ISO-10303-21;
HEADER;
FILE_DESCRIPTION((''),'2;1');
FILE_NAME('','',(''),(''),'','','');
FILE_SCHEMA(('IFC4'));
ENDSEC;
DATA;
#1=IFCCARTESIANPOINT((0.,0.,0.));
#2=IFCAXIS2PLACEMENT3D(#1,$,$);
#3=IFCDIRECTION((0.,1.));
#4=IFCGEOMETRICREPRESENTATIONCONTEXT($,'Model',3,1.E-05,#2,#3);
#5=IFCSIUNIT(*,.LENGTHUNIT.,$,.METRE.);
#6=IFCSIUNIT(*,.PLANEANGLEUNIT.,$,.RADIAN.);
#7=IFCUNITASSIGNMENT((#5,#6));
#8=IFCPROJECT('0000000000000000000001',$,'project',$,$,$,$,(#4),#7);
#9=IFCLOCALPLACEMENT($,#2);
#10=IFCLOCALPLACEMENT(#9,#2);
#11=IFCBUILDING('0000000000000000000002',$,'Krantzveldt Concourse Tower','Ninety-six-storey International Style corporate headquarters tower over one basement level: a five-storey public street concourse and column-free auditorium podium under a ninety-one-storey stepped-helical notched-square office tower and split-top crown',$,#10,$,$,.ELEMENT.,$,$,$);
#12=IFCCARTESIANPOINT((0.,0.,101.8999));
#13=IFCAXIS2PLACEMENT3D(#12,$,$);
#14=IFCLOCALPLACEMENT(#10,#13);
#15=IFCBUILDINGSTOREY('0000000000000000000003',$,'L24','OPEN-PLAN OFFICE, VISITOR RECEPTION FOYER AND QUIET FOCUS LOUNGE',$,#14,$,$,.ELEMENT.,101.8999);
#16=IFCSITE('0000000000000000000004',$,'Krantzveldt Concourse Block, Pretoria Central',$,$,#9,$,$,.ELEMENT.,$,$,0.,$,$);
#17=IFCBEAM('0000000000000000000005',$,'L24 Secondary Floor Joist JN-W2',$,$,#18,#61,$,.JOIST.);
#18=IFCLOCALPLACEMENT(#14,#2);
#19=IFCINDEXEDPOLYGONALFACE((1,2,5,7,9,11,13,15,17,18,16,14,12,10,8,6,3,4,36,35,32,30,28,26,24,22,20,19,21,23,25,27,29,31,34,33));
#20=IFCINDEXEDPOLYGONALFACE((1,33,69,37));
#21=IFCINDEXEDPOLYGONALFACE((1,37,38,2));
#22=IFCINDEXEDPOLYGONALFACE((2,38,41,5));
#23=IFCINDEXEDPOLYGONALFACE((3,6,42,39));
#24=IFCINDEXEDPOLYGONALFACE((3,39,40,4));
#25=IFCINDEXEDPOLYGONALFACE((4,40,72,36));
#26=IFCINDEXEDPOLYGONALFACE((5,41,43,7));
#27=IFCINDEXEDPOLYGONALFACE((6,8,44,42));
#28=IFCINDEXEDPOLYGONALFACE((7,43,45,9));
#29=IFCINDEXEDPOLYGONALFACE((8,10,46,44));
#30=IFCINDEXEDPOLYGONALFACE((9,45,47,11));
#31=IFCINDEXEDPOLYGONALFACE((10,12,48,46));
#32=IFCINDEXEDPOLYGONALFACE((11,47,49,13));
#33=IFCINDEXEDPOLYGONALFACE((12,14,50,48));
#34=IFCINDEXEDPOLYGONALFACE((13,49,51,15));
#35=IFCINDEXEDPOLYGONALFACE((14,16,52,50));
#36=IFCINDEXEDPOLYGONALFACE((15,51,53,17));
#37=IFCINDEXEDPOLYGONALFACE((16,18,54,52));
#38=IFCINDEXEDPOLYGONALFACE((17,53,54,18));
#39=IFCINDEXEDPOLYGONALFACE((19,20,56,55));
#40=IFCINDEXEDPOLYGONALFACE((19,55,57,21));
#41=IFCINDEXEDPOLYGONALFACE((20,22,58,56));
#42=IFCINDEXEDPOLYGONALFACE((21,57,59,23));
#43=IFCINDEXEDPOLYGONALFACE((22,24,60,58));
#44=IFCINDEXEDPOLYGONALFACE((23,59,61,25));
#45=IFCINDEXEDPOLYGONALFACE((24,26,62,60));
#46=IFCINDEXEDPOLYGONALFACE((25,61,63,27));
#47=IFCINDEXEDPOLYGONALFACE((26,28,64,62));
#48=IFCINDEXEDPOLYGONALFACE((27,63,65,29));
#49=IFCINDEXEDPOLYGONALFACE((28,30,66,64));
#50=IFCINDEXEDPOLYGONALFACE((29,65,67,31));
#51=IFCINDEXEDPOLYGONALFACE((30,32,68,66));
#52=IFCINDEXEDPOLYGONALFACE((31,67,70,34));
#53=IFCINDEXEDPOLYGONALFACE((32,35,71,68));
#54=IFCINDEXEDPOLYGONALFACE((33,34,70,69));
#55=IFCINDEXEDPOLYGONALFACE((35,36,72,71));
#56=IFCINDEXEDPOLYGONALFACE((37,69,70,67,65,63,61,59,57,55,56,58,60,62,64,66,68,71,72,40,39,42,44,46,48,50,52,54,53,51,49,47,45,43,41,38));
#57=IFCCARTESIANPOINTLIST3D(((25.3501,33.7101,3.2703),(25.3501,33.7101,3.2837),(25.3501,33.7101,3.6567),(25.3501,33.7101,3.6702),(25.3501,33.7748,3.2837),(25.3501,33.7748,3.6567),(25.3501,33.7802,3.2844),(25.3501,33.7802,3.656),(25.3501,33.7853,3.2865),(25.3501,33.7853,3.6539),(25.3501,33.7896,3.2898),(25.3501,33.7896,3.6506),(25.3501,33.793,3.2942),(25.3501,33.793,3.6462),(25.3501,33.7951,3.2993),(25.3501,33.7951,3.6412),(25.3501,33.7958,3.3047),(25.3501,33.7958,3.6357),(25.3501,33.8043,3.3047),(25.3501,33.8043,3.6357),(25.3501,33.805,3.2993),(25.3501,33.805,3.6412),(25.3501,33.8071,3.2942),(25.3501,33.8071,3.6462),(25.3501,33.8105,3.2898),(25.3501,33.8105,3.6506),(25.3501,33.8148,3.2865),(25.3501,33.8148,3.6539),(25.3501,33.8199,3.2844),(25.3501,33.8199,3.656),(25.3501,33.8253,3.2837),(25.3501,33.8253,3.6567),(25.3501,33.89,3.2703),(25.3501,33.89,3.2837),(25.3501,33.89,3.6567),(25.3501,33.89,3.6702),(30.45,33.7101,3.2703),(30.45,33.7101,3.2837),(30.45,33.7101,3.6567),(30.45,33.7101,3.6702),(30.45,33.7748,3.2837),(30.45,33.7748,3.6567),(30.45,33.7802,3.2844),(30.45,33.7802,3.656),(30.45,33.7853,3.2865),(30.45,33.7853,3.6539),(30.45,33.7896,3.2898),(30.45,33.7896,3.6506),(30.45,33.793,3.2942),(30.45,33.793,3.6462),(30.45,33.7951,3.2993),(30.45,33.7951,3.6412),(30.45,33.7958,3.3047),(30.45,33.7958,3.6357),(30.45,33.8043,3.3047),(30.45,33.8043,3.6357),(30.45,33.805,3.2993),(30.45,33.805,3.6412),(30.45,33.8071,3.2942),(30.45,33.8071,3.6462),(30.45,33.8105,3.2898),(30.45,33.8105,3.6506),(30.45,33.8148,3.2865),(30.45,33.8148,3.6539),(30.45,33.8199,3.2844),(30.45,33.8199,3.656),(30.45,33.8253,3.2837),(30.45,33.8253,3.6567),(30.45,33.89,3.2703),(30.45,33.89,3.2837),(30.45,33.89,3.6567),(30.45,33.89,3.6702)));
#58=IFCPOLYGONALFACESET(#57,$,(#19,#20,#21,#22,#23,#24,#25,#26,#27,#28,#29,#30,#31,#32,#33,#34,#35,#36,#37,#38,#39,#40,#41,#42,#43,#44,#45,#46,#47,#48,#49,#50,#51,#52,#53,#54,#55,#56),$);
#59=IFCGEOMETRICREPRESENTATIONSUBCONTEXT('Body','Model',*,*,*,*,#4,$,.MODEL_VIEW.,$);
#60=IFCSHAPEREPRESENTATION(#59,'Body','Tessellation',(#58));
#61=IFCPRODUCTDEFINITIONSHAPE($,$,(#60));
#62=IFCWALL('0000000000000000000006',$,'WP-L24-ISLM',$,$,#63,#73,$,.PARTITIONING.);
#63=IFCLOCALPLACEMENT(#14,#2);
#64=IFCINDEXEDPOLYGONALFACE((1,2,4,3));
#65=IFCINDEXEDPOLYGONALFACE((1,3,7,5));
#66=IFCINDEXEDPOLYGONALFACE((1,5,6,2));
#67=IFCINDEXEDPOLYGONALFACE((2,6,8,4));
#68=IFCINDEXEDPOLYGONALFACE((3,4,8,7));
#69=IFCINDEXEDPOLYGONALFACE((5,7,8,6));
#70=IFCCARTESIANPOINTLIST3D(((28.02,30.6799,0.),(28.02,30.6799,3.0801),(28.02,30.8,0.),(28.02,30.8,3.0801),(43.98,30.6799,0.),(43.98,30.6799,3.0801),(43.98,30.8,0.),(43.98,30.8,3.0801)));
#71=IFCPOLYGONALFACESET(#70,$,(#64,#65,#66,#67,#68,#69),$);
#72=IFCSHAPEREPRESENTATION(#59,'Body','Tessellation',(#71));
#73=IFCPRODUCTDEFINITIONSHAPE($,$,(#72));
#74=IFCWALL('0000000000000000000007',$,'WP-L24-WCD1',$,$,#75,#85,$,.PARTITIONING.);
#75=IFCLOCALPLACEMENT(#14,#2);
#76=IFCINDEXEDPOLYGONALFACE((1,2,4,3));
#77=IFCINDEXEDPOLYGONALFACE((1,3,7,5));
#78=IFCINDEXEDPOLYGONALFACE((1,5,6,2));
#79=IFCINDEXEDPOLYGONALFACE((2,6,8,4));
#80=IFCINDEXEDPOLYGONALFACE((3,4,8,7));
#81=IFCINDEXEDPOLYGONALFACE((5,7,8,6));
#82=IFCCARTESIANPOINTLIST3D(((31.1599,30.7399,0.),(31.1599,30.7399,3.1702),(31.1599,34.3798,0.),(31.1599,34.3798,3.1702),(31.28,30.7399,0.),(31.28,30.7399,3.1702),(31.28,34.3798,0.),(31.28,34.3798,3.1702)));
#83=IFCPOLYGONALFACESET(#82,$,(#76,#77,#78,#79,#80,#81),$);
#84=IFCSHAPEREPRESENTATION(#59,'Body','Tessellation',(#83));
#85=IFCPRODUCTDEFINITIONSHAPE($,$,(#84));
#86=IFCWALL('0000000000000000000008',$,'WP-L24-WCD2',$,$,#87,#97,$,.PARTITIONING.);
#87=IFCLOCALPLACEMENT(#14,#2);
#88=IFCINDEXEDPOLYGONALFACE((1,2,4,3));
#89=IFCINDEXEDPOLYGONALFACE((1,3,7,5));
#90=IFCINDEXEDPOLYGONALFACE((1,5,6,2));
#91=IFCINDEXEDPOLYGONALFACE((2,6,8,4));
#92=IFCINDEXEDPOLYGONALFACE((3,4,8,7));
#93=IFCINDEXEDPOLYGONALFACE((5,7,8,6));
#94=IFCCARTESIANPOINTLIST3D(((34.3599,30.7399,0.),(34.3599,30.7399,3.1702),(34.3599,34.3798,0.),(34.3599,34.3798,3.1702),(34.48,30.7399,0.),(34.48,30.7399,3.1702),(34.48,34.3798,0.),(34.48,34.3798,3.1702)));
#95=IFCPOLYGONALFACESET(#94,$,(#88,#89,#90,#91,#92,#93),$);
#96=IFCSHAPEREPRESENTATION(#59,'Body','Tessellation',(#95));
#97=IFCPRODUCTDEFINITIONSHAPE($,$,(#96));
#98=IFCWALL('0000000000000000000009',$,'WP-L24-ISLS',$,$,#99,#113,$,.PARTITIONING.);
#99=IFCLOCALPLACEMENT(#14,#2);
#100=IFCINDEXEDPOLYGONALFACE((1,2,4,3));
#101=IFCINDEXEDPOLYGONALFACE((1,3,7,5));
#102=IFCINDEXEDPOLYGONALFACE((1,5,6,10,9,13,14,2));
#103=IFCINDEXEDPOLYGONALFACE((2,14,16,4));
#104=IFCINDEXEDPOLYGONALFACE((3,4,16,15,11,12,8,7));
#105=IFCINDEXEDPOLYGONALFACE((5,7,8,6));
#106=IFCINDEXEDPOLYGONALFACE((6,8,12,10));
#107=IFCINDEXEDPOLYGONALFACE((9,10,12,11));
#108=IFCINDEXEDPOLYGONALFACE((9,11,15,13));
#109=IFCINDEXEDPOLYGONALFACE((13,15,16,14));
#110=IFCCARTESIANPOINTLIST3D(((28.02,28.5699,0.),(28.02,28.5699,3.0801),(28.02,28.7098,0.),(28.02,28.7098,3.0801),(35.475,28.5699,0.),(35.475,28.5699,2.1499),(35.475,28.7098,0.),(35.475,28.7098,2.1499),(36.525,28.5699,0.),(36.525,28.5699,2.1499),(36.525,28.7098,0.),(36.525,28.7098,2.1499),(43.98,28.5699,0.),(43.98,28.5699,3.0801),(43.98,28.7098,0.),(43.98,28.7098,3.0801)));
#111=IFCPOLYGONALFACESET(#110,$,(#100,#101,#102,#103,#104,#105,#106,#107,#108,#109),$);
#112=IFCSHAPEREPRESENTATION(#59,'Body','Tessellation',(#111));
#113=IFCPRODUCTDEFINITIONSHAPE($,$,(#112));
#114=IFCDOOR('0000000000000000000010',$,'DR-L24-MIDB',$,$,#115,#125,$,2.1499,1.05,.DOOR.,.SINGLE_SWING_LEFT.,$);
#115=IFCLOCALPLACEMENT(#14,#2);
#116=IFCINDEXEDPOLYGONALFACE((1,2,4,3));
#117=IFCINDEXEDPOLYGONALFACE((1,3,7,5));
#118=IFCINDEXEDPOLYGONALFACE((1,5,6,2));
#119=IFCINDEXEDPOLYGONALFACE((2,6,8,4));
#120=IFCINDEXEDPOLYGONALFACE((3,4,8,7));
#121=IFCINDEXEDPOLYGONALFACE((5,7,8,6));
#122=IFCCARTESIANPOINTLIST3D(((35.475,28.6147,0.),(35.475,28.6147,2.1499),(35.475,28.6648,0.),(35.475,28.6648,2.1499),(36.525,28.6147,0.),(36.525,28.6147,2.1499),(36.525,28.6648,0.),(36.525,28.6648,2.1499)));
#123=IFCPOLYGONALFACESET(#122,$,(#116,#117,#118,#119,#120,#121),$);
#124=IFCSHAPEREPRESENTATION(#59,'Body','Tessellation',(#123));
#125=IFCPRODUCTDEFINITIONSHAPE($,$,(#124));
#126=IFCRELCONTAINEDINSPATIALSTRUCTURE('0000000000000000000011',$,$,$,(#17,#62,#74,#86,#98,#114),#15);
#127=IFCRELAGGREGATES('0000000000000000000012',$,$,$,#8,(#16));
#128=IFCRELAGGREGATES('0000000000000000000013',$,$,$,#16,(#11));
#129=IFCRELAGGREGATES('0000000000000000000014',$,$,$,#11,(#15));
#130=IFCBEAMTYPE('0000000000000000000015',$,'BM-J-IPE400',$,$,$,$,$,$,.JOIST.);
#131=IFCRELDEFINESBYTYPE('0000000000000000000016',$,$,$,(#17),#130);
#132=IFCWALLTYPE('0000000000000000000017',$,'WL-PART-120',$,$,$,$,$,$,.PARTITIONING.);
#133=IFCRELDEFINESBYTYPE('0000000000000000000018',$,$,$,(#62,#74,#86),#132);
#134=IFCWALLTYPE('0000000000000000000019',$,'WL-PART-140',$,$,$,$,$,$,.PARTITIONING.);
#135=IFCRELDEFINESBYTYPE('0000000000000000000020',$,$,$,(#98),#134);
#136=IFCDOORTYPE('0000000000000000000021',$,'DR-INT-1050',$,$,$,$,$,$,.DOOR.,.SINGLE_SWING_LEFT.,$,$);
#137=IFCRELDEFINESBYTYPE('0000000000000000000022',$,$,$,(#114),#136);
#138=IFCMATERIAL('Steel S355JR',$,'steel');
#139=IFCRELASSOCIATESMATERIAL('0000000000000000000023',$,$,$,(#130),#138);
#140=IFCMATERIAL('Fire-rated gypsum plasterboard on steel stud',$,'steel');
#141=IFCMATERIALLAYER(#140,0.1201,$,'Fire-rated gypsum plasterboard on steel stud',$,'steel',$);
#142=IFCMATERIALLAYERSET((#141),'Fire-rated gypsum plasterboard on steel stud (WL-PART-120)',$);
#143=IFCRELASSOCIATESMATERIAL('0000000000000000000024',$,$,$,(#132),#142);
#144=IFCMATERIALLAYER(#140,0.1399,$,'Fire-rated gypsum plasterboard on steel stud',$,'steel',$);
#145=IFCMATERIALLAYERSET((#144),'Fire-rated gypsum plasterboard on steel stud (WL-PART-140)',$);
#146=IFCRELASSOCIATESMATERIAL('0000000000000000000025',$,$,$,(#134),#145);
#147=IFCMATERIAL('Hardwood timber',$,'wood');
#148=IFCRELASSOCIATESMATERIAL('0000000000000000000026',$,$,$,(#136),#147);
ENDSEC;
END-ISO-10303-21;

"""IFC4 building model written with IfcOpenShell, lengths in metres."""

from ifc_helpers import new_model, si_unit, direction, frame, frame_2d, origin, origin_2d, place, context, subcontext, project, spatial, rectangle, i_section, extrude, source, transform, mapped, material, layer, layer_set, material_profile, profile_set, type_object, type_shapes, element, fill, save


model = new_model("IFC4")

# Units and contexts
model_context = context("Model", 3, precision=1e-05, world=origin(), true_north=direction((0.0, 1.0)))
body_context = subcontext(model_context, "Body", "Model", "MODEL_VIEW")
ifc_project = project(units=[si_unit("LENGTHUNIT", "METRE"), si_unit("PLANEANGLEUNIT", "RADIAN")], contexts=[model_context])

# Site, building, storey
site_placement = place(None, origin())
site = spatial("IfcSite", under=ifc_project, at=site_placement, Name="Krantzveldt Concourse Block, Pretoria Central", CompositionType="ELEMENT", RefElevation=0.0)
building_placement = place(site_placement, origin())
building = spatial("IfcBuilding", under=site, at=building_placement, Name="Krantzveldt Concourse Tower", Description="Ninety-six-storey International Style corporate headquarters tower over one basement level: a five-storey public street concourse and column-free auditorium podium under a ninety-one-storey stepped-helical notched-square office tower and split-top crown", CompositionType="ELEMENT")
storey_placement = place(building_placement, frame((0.0, 0.0, 101.8999)))
storey = spatial("IfcBuildingStorey", under=building, at=storey_placement, Name="L24", Description="OPEN-PLAN OFFICE, VISITOR RECEPTION FOYER AND QUIET FOCUS LOUNGE", CompositionType="ELEMENT", Elevation=101.8999)

# Beam
ifc_material_1 = material(Name="Steel S355JR", Category="steel")
ifc_material_profile_1 = material_profile(ifc_material_1, i_section(OverallWidth=0.1799, OverallDepth=0.3999, WebThickness=0.0085, FlangeThickness=0.0134, FilletRadius=0.021, at=origin_2d()), Name="Steel S355JR", Category="steel")
ifc_profile_set_1 = profile_set([ifc_material_profile_1], Name="Steel S355JR - IPE 400")
beam_type_1 = type_object("IfcBeamType", Name="BM-J-IPE400", PredefinedType="JOIST", material=ifc_profile_set_1)
shared_shape_1 = source(origin(), body_context, "Body", "SweptSolid", [
    extrude(i_section(OverallWidth=0.1799, OverallDepth=0.3999, WebThickness=0.0085, FlangeThickness=0.0134, FilletRadius=0.021, at=origin_2d()), origin(), (0.0, 0.0, 1.0), 5.0999),
])
type_shapes(beam_type_1, [shared_shape_1])
beam_1_placement = place(storey_placement, frame((25.3501, 33.8, 3.4702), z_axis=(1.0, 0.0, 0.0), x_axis=(0.0, 1.0, 0.0)))
element("IfcBeam", 1, at=beam_1_placement, inside=storey, type_object=beam_type_1, Name="L24 Secondary Floor Joist JN-W2", PredefinedType="JOIST", context=body_context, shape_type="MappedRepresentation", body=[
    mapped(shared_shape_1, transform((0.0, 0.0, 0.0), x_axis=(1.0, 0.0, 0.0), y_axis=(0.0, 1.0, 0.0), z_axis=(0.0, 0.0, 1.0), scale=1.0)),
])

# Walls
ifc_material_2 = material(Name="Fire-rated gypsum plasterboard on steel stud", Category="steel")
ifc_layer_1 = layer(ifc_material_2, 0.1201, Name="Fire-rated gypsum plasterboard on steel stud", Category="steel")
ifc_layer_set_1 = layer_set([ifc_layer_1], Name="Fire-rated gypsum plasterboard on steel stud (WL-PART-120)")
wall_type_1 = type_object("IfcWallType", Name="WL-PART-120", PredefinedType="PARTITIONING", material=ifc_layer_set_1)
wall_1_placement = place(storey_placement, frame((28.02, 30.74, 0.0), z_axis=(0.0, 0.0, 1.0), x_axis=(1.0, 0.0, 0.0)))
element("IfcWall", 2, at=wall_1_placement, inside=storey, type_object=wall_type_1, Name="WP-L24-ISLM", PredefinedType="PARTITIONING", context=body_context, shape_type="SweptSolid", body=[
    extrude(rectangle(XDim=15.96, YDim=0.1201, at=frame_2d((7.98, 0.0))), origin(), (0.0, 0.0, 1.0), 3.0801),
])
for number, where, z_axis, x_axis, name in (
    (3, (31.22, 30.74, 0.0), (0.0, 0.0, 1.0), (0.0, 1.0, 0.0), "WP-L24-WCD1"),
    (4, (34.4199, 30.74, 0.0), (0.0, 0.0, 1.0), (0.0, 1.0, 0.0), "WP-L24-WCD2"),
):
    element("IfcWall", number, at=place(storey_placement, frame(where, z_axis=z_axis, x_axis=x_axis)), inside=storey, type_object=wall_type_1, Name=name, PredefinedType="PARTITIONING", context=body_context, shape_type="SweptSolid", body=[
        extrude(rectangle(XDim=3.6399, YDim=0.1201, at=frame_2d((1.8198, 0.0))), origin(), (0.0, 0.0, 1.0), 3.1702),
    ])

# Wall, opening, door
ifc_layer_2 = layer(ifc_material_2, 0.1399, Name="Fire-rated gypsum plasterboard on steel stud", Category="steel")
ifc_layer_set_2 = layer_set([ifc_layer_2], Name="Fire-rated gypsum plasterboard on steel stud (WL-PART-140)")
wall_type_2 = type_object("IfcWallType", Name="WL-PART-140", PredefinedType="PARTITIONING", material=ifc_layer_set_2)
wall_2_placement = place(storey_placement, frame((28.02, 28.6399, 0.0), z_axis=(0.0, 0.0, 1.0), x_axis=(1.0, 0.0, 0.0)))
wall_2 = element("IfcWall", 5, at=wall_2_placement, inside=storey, type_object=wall_type_2, Name="WP-L24-ISLS", PredefinedType="PARTITIONING", context=body_context, shape_type="SweptSolid", body=[
    extrude(rectangle(XDim=15.96, YDim=0.1399, at=frame_2d((7.98, 0.0))), origin(), (0.0, 0.0, 1.0), 3.0801),
])
opening_1_placement = place(wall_2_placement, frame((7.4551, 0.0, 0.0)))
opening_1 = element("IfcOpeningElement", 6, at=opening_1_placement, cuts=wall_2, PredefinedType="OPENING", context=body_context, shape_type="SweptSolid", body=[
    extrude(rectangle(XDim=1.05, YDim=2.1499, at=frame_2d((0.5249, 1.075))), frame((0.0, 0.0801, 0.0), z_axis=(0.0, -1.0, 0.0), x_axis=(1.0, 0.0, 0.0)), (0.0, 0.0, 1.0), 0.1599),
])
ifc_material_3 = material(Name="Hardwood timber", Category="wood")
door_type_1 = type_object("IfcDoorType", Name="DR-INT-1050", OperationType="SINGLE_SWING_LEFT", PredefinedType="DOOR", material=ifc_material_3)
door_1_placement = place(opening_1_placement, origin())
door_1 = element("IfcDoor", 7, at=door_1_placement, inside=storey, type_object=door_type_1, Name="DR-L24-MIDB", OperationType="SINGLE_SWING_LEFT", OverallHeight=2.1499, OverallWidth=1.05, PredefinedType="DOOR", context=body_context, shape_type="SweptSolid", body=[
    extrude(rectangle(XDim=1.05, YDim=2.1499, at=frame_2d((0.5249, 1.075))), frame((0.0, 0.0249, 0.0), z_axis=(0.0, -1.0, 0.0), x_axis=(1.0, 0.0, 0.0)), (0.0, 0.0, 1.0), 0.05),
])
fill(opening_1, door_1)

save(model, "model.ifc")
